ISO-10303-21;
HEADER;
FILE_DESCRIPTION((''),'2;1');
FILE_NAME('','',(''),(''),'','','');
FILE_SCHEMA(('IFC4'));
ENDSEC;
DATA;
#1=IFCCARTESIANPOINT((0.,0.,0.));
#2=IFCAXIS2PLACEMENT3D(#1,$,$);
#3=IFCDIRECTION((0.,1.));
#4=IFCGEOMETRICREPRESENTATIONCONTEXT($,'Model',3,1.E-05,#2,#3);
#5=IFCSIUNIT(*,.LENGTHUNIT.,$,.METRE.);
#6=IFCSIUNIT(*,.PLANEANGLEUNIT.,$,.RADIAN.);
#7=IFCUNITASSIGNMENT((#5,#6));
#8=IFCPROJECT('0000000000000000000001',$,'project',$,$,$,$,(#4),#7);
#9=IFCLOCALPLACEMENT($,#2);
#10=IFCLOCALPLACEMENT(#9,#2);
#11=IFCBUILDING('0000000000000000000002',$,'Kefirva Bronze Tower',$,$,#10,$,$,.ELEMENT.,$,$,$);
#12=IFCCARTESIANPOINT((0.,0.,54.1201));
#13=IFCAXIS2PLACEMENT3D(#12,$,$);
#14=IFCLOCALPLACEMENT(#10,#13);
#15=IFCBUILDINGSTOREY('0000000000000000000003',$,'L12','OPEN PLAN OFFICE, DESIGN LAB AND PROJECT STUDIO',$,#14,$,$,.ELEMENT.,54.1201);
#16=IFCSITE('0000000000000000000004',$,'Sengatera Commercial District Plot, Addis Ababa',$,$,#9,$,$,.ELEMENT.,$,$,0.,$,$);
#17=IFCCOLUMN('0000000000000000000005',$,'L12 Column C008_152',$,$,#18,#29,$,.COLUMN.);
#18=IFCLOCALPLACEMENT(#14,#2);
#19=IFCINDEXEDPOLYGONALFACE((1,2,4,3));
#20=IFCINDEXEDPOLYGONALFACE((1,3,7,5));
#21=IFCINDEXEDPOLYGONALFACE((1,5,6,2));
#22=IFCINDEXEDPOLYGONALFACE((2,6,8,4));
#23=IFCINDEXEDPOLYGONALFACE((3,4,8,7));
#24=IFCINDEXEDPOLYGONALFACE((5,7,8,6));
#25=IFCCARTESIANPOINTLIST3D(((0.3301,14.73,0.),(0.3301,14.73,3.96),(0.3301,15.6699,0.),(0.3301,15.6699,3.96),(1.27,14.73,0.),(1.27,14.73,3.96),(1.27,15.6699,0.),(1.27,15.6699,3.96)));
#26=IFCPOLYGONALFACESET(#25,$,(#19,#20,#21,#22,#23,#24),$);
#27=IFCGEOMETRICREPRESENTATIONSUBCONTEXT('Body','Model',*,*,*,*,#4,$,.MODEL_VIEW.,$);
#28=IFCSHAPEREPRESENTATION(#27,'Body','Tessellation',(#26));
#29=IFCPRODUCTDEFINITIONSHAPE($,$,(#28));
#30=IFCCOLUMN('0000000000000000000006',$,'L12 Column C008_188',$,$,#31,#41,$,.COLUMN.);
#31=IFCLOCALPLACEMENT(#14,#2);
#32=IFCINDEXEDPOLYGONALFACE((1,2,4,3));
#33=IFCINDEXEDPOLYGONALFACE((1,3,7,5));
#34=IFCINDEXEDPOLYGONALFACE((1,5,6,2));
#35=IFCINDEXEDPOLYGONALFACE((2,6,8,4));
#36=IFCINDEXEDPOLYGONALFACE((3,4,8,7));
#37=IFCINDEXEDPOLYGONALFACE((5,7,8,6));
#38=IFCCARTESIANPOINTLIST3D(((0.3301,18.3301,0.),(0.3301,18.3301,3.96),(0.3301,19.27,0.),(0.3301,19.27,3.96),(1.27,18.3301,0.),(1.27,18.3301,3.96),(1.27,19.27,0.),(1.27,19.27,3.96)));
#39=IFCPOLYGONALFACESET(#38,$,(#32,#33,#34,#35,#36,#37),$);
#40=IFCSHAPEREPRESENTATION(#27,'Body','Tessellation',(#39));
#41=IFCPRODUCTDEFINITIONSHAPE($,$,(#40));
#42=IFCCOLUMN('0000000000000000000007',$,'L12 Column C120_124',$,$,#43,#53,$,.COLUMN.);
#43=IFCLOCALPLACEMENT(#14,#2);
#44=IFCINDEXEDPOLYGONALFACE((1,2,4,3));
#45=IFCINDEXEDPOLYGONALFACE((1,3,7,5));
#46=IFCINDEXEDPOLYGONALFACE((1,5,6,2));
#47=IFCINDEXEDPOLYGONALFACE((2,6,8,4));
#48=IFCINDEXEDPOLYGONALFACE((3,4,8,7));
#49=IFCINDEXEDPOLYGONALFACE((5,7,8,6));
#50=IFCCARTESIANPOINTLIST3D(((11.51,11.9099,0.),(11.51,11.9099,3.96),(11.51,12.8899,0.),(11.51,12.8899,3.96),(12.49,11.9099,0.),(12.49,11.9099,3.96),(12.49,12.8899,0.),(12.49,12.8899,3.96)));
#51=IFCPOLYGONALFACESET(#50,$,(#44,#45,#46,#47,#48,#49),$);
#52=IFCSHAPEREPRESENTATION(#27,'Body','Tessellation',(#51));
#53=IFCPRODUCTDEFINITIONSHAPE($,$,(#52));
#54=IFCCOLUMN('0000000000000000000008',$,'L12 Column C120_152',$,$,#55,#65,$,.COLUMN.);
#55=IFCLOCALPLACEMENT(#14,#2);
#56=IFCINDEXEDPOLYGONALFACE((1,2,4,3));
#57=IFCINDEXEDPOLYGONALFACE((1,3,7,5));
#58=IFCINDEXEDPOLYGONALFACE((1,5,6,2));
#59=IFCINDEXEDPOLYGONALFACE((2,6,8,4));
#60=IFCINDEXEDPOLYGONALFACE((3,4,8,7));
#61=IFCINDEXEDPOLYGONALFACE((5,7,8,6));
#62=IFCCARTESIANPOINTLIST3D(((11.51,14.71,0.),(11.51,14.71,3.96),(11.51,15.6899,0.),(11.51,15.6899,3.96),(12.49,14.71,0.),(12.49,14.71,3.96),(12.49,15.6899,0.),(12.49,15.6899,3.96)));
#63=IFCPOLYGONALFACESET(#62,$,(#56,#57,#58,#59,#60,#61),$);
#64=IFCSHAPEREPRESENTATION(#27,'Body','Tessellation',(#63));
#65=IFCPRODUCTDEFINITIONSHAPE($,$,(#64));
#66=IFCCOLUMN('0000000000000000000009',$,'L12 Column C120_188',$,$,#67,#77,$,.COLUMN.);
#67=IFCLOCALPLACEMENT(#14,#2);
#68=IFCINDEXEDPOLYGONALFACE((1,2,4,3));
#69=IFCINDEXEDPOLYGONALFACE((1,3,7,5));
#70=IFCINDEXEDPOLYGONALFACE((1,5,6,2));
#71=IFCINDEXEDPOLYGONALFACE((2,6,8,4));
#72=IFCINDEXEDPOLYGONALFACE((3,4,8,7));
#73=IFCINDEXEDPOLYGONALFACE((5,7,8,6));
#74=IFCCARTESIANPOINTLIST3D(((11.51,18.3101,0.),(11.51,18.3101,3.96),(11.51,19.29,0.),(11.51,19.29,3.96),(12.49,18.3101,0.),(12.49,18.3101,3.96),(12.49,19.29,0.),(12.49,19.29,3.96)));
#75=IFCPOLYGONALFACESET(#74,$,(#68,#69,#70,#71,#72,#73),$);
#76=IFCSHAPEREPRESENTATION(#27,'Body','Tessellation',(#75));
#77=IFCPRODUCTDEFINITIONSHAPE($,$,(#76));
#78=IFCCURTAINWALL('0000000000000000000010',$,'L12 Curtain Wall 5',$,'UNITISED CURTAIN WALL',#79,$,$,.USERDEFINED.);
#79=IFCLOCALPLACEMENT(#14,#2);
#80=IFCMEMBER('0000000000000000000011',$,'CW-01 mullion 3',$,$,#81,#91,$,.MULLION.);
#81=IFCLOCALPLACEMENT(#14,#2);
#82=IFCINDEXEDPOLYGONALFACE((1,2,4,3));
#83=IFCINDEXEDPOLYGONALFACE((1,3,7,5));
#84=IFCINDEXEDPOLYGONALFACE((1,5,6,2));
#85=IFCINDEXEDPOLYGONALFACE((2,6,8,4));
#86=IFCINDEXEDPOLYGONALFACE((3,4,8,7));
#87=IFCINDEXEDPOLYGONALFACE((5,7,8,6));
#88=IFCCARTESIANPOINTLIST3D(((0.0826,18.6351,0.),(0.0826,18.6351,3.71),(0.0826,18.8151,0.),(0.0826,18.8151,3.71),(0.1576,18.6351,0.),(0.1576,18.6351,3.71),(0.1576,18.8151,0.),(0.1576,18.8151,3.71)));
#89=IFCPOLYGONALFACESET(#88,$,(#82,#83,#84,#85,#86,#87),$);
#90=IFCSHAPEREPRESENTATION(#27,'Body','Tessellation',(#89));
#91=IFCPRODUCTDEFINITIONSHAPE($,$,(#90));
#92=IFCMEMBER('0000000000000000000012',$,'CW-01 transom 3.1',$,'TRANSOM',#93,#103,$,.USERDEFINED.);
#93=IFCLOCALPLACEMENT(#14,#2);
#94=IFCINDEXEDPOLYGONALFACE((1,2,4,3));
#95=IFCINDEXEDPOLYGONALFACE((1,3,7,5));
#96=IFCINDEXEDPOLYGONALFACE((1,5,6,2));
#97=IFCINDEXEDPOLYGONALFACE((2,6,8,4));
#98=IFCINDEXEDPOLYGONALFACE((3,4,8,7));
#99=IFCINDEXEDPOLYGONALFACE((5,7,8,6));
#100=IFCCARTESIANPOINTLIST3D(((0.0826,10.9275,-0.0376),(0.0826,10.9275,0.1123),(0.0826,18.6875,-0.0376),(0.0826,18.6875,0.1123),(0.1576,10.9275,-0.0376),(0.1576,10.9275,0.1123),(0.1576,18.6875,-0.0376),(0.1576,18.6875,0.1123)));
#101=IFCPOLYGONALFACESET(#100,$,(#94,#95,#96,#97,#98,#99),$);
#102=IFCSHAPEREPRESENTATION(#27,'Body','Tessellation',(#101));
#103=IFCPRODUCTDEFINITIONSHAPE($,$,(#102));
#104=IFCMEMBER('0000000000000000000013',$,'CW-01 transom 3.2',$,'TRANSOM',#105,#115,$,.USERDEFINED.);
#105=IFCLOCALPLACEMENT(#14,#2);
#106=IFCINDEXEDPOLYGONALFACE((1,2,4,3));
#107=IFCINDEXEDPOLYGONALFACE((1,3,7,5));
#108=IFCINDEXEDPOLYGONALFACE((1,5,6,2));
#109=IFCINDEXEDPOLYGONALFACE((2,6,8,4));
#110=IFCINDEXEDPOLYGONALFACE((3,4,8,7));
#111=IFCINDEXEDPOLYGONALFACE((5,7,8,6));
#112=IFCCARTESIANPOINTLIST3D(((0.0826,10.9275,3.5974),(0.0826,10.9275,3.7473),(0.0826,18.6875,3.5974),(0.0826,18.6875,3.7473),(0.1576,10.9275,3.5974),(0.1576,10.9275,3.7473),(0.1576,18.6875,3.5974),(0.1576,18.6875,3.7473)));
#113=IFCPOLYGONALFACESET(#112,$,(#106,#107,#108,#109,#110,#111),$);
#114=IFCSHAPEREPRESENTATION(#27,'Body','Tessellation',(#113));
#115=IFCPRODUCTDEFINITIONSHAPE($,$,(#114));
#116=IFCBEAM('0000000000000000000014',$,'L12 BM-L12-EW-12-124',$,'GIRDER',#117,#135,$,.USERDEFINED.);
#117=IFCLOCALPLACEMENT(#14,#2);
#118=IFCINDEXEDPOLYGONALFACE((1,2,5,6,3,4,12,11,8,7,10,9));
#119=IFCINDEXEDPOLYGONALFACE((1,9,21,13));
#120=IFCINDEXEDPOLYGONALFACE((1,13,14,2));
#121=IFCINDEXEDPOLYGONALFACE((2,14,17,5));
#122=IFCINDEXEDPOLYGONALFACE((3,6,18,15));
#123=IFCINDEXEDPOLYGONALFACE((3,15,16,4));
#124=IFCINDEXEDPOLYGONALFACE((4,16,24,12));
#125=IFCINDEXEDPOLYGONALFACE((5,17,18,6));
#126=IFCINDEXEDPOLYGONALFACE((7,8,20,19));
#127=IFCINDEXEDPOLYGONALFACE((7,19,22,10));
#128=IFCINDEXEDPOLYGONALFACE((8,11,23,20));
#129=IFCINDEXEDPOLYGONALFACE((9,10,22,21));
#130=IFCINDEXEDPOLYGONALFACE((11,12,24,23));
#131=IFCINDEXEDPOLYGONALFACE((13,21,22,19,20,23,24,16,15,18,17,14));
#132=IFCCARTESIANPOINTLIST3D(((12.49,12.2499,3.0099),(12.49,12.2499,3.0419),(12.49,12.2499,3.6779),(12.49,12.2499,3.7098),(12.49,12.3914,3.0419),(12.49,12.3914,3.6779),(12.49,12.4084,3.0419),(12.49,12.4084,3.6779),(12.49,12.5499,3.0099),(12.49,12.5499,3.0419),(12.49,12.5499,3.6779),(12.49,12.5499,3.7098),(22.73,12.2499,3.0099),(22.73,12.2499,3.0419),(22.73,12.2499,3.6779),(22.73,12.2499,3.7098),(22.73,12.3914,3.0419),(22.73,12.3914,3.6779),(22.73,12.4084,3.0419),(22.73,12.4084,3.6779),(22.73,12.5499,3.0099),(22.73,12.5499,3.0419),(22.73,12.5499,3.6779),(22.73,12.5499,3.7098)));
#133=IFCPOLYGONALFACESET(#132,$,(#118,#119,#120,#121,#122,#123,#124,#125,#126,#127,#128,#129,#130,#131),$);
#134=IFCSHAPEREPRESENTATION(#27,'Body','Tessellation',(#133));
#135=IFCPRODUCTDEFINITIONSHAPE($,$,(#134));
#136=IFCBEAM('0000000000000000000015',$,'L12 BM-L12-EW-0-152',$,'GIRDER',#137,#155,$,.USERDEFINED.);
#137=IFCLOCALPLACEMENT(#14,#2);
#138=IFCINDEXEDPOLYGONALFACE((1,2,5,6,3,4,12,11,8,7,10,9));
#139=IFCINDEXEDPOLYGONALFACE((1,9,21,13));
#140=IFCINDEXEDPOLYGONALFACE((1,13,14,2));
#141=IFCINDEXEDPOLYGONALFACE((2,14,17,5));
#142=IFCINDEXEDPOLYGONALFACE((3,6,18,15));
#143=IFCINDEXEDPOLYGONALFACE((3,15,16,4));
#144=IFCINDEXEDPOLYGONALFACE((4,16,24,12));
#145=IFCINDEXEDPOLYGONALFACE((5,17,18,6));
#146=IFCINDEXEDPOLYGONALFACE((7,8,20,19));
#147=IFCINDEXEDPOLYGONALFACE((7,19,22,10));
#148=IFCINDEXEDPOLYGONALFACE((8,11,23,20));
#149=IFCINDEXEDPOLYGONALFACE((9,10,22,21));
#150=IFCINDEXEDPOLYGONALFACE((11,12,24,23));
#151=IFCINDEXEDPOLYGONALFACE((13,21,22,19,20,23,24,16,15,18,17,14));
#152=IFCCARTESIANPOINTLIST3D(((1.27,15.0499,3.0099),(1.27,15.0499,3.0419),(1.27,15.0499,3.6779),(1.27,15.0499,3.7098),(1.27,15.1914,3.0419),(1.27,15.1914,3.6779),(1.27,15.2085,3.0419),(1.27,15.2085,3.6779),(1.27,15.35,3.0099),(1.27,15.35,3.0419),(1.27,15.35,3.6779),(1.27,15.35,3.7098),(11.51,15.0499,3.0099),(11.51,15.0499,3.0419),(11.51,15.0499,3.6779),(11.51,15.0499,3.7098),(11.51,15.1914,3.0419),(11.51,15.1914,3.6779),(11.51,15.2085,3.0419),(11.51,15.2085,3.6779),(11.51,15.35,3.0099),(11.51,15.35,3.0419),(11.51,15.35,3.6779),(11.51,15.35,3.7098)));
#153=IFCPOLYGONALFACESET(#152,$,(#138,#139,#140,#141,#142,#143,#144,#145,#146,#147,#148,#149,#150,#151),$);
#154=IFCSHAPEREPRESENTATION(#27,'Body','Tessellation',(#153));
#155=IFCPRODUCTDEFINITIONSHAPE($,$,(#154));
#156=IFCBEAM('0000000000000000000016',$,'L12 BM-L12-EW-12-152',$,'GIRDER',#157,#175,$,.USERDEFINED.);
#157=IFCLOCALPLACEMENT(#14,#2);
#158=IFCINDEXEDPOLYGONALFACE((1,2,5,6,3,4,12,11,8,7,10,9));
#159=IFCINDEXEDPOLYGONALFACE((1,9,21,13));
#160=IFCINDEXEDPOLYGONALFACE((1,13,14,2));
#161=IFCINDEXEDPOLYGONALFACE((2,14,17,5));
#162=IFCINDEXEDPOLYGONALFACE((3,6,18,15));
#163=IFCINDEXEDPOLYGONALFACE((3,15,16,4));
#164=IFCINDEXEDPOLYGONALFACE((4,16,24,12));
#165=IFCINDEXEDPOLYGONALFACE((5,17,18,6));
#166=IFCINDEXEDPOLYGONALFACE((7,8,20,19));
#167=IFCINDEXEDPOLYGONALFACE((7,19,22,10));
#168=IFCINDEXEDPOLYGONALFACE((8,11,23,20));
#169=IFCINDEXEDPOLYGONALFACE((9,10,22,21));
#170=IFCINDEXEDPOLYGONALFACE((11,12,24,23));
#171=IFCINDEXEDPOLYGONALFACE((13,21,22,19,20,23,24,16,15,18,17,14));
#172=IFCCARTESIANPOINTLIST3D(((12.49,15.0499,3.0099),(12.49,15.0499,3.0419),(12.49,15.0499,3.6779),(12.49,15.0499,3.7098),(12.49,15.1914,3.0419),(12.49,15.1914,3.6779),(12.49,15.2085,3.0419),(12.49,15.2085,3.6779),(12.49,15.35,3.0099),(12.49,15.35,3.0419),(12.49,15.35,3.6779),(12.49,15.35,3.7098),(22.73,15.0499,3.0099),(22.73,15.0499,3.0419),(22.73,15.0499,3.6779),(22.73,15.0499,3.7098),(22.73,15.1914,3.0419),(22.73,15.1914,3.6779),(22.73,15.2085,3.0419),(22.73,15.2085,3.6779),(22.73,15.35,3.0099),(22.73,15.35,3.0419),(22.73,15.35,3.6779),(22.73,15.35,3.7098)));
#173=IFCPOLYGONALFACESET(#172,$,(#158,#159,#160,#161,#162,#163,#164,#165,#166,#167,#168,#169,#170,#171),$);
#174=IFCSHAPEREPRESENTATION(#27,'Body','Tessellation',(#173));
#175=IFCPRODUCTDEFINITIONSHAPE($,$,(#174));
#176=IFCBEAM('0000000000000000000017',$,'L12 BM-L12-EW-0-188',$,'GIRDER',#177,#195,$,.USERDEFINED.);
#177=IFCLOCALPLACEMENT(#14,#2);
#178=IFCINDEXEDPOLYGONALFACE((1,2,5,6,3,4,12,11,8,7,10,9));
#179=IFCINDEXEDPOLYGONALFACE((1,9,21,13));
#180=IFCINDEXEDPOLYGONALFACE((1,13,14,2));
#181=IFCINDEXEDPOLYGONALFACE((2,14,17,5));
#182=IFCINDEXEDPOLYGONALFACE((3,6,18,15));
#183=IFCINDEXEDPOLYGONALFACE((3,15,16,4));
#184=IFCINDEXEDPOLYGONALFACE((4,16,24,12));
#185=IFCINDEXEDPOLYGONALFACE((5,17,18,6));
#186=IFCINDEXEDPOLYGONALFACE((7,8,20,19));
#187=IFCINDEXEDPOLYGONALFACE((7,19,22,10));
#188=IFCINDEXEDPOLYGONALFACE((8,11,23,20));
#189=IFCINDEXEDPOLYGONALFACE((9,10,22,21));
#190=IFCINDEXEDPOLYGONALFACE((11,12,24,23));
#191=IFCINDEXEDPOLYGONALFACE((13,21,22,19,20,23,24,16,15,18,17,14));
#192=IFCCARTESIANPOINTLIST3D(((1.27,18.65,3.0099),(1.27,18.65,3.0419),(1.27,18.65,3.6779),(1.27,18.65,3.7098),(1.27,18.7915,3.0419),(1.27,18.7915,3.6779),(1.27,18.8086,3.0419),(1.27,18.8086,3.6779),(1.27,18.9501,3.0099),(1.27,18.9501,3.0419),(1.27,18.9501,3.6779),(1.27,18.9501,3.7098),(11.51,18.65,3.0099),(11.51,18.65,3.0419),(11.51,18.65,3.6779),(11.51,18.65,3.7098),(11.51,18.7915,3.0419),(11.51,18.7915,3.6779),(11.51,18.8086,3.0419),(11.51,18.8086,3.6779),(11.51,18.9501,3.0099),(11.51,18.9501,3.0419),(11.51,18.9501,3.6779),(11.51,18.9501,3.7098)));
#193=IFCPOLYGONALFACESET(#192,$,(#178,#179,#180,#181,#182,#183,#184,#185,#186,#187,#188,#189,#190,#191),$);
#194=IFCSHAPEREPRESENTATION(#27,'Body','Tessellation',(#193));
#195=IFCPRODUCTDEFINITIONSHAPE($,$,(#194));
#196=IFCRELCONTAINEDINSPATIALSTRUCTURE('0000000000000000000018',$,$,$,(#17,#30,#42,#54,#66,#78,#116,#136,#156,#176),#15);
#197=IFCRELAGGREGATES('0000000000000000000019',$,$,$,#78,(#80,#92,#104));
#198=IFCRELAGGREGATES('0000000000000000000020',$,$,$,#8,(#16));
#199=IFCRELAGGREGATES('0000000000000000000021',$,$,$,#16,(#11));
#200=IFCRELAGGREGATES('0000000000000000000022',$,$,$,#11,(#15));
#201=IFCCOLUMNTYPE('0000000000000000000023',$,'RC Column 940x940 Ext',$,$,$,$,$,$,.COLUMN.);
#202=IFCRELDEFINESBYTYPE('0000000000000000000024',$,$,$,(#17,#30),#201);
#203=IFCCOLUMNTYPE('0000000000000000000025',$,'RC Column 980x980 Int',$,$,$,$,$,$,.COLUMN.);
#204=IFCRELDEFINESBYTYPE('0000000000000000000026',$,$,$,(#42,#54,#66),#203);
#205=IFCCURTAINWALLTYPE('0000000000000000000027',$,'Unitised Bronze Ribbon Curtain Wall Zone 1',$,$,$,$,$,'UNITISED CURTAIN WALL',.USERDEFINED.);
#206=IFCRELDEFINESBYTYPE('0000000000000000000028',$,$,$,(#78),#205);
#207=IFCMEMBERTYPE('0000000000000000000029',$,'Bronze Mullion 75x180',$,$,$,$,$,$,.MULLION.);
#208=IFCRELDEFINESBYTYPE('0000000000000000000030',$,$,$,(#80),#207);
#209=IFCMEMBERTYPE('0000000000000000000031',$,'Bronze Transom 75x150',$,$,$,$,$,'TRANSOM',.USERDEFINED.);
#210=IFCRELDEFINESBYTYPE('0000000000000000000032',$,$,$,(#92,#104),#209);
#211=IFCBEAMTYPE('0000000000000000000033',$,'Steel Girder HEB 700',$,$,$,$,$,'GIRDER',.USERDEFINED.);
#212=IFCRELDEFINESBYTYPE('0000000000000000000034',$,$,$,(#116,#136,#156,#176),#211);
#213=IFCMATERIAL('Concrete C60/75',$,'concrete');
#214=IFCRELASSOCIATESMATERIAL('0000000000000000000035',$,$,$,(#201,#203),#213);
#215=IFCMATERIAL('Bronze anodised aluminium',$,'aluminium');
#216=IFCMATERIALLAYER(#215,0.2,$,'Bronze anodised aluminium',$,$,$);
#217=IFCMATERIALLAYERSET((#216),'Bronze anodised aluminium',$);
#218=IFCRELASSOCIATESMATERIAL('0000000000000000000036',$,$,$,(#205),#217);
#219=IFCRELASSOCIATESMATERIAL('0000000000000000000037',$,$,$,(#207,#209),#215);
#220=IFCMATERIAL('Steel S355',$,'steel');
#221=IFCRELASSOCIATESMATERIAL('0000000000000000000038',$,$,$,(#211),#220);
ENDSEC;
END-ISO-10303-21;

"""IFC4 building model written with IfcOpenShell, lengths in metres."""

from ifc_helpers import new_model, si_unit, direction, frame, origin, origin_2d, place, context, subcontext, project, spatial, rectangle, i_section, extrude, material, layer, layer_set, material_profile, profile_set, type_object, element, aggregate, save


model = new_model("IFC4")

# Units and contexts
model_context = context("Model", 3, precision=1e-05, world=origin(), true_north=direction((0.0, 1.0)))
body_context = subcontext(model_context, "Body", "Model", "MODEL_VIEW")
ifc_project = project(units=[si_unit("LENGTHUNIT", "METRE"), si_unit("PLANEANGLEUNIT", "RADIAN")], contexts=[model_context])

# Site, building, storey
site_placement = place(None, origin())
site = spatial("IfcSite", under=ifc_project, at=site_placement, Name="Sengatera Commercial District Plot, Addis Ababa", CompositionType="ELEMENT", RefElevation=0.0)
building_placement = place(site_placement, origin())
building = spatial("IfcBuilding", under=site, at=building_placement, Name="Kefirva Bronze Tower", CompositionType="ELEMENT")
storey_placement = place(building_placement, frame((0.0, 0.0, 54.1201)))
storey = spatial("IfcBuildingStorey", under=building, at=storey_placement, Name="L12", Description="OPEN PLAN OFFICE, DESIGN LAB AND PROJECT STUDIO", CompositionType="ELEMENT", Elevation=54.1201)

# Columns
ifc_material_1 = material(Name="Concrete C60/75", Category="concrete")
ifc_material_profile_1 = material_profile(ifc_material_1, rectangle(XDim=0.9399, YDim=0.9399, at=origin_2d()), Name="RC 940x940")
ifc_profile_set_1 = profile_set([ifc_material_profile_1], Name="Concrete C60/75")
column_type_1 = type_object("IfcColumnType", Name="RC Column 940x940 Ext", PredefinedType="COLUMN", material=ifc_profile_set_1)
for number, where, z_axis, x_axis, name in (
    (1, (0.8, 15.2, 0.0), (0.0, 0.0, 1.0), (1.0, 0.0, 0.0), "L12 Column C008_152"),
    (2, (0.8, 18.8, 0.0), (0.0, 0.0, 1.0), (1.0, 0.0, 0.0), "L12 Column C008_188"),
):
    element("IfcColumn", number, at=place(storey_placement, frame(where, z_axis=z_axis, x_axis=x_axis)), inside=storey, type_object=column_type_1, Name=name, PredefinedType="COLUMN", context=body_context, shape_type="SweptSolid", body=[
        extrude(rectangle(XDim=0.9399, YDim=0.9399, at=origin_2d()), origin(), (0.0, 0.0, 1.0), 3.96),
    ])
ifc_material_profile_2 = material_profile(ifc_material_1, rectangle(XDim=0.98, YDim=0.98, at=origin_2d()), Name="RC 980x980")
ifc_profile_set_2 = profile_set([ifc_material_profile_2], Name="Concrete C60/75")
column_type_2 = type_object("IfcColumnType", Name="RC Column 980x980 Int", PredefinedType="COLUMN", material=ifc_profile_set_2)
for number, where, z_axis, x_axis, name in (
    (3, (12.0, 12.3999, 0.0), (0.0, 0.0, 1.0), (1.0, 0.0, 0.0), "L12 Column C120_124"),
    (4, (12.0, 15.2, 0.0), (0.0, 0.0, 1.0), (1.0, 0.0, 0.0), "L12 Column C120_152"),
    (5, (12.0, 18.8, 0.0), (0.0, 0.0, 1.0), (1.0, 0.0, 0.0), "L12 Column C120_188"),
):
    element("IfcColumn", number, at=place(storey_placement, frame(where, z_axis=z_axis, x_axis=x_axis)), inside=storey, type_object=column_type_2, Name=name, PredefinedType="COLUMN", context=body_context, shape_type="SweptSolid", body=[
        extrude(rectangle(XDim=0.98, YDim=0.98, at=origin_2d()), origin(), (0.0, 0.0, 1.0), 3.96),
    ])

# Curtain wall, members
ifc_material_2 = material(Name="Bronze anodised aluminium", Category="aluminium")
ifc_layer_1 = layer(ifc_material_2, 0.2, Name="Bronze anodised aluminium")
ifc_layer_set_1 = layer_set([ifc_layer_1], Name="Bronze anodised aluminium")
curtain_wall_type = type_object("IfcCurtainWallType", Name="Unitised Bronze Ribbon Curtain Wall Zone 1", ElementType="UNITISED CURTAIN WALL", PredefinedType="USERDEFINED", material=ifc_layer_set_1)
curtain_wall_placement = place(storey_placement, origin())
curtain_wall = element("IfcCurtainWall", 6, at=curtain_wall_placement, inside=storey, type_object=curtain_wall_type, Name="L12 Curtain Wall 5", ObjectType="UNITISED CURTAIN WALL", PredefinedType="USERDEFINED")
ifc_material_profile_3 = material_profile(ifc_material_2, rectangle(XDim=0.075, YDim=0.1799, at=origin_2d()), Name="ALU 75x180")
ifc_profile_set_3 = profile_set([ifc_material_profile_3], Name="Bronze anodised aluminium")
member_type_1 = type_object("IfcMemberType", Name="Bronze Mullion 75x180", PredefinedType="MULLION", material=ifc_profile_set_3)
member_1_placement = place(storey_placement, frame((0.1201, 18.7251, 0.0), z_axis=(0.0, 0.0, 1.0), x_axis=(1.0, 0.0, 0.0)))
member_1 = element("IfcMember", 7, at=member_1_placement, type_object=member_type_1, Name="CW-01 mullion 3", PredefinedType="MULLION", context=body_context, shape_type="SweptSolid", body=[
    extrude(rectangle(XDim=0.075, YDim=0.1799, at=origin_2d()), origin(), (0.0, 0.0, 1.0), 3.71),
])
ifc_material_profile_4 = material_profile(ifc_material_2, rectangle(XDim=0.075, YDim=0.1499, at=origin_2d()), Name="ALU 75x150")
ifc_profile_set_4 = profile_set([ifc_material_profile_4], Name="Bronze anodised aluminium")
member_type_2 = type_object("IfcMemberType", Name="Bronze Transom 75x150", ElementType="TRANSOM", PredefinedType="USERDEFINED", material=ifc_profile_set_4)
member_2_placement = place(storey_placement, frame((0.1201, 18.6875, 0.0374), z_axis=(0.0, -1.0, 0.0), x_axis=(1.0, 0.0, 0.0)))
member_2 = element("IfcMember", 8, at=member_2_placement, type_object=member_type_2, Name="CW-01 transom 3.1", ObjectType="TRANSOM", PredefinedType="USERDEFINED", context=body_context, shape_type="SweptSolid", body=[
    extrude(rectangle(XDim=0.075, YDim=0.1499, at=origin_2d()), origin(), (0.0, 0.0, 1.0), 7.76),
])
member_3_placement = place(storey_placement, frame((0.1201, 18.6875, 3.6724), z_axis=(0.0, -1.0, 0.0), x_axis=(1.0, 0.0, 0.0)))
member_3 = element("IfcMember", 9, at=member_3_placement, type_object=member_type_2, Name="CW-01 transom 3.2", ObjectType="TRANSOM", PredefinedType="USERDEFINED", context=body_context, shape_type="SweptSolid", body=[
    extrude(rectangle(XDim=0.075, YDim=0.1499, at=origin_2d()), origin(), (0.0, 0.0, 1.0), 7.76),
])

# Beams
ifc_material_3 = material(Name="Steel S355", Category="steel")
ifc_material_profile_5 = material_profile(ifc_material_3, i_section(OverallWidth=0.3, OverallDepth=0.7, WebThickness=0.0171, FlangeThickness=0.032, at=origin_2d()), Name="HEB 700")
ifc_profile_set_5 = profile_set([ifc_material_profile_5], Name="Steel S355")
beam_type_1 = type_object("IfcBeamType", Name="Steel Girder HEB 700", ElementType="GIRDER", PredefinedType="USERDEFINED", material=ifc_profile_set_5)
for number, where, z_axis, x_axis, name in (
    (10, (12.49, 12.3999, 3.3599), (1.0, 0.0, 0.0), (0.0, 1.0, 0.0), "L12 BM-L12-EW-12-124"),
    (11, (1.27, 15.2, 3.3599), (1.0, 0.0, 0.0), (0.0, 1.0, 0.0), "L12 BM-L12-EW-0-152"),
    (12, (12.49, 15.2, 3.3599), (1.0, 0.0, 0.0), (0.0, 1.0, 0.0), "L12 BM-L12-EW-12-152"),
    (13, (1.27, 18.8, 3.3599), (1.0, 0.0, 0.0), (0.0, 1.0, 0.0), "L12 BM-L12-EW-0-188"),
):
    element("IfcBeam", number, at=place(storey_placement, frame(where, z_axis=z_axis, x_axis=x_axis)), inside=storey, type_object=beam_type_1, Name=name, ObjectType="GIRDER", PredefinedType="USERDEFINED", context=body_context, shape_type="SweptSolid", body=[
        extrude(i_section(OverallWidth=0.3, OverallDepth=0.7, WebThickness=0.0171, FlangeThickness=0.032, at=origin_2d()), origin(), (0.0, 0.0, 1.0), 10.24),
    ])

aggregate(curtain_wall, [member_1, member_2, member_3])

save(model, "model.ifc")
